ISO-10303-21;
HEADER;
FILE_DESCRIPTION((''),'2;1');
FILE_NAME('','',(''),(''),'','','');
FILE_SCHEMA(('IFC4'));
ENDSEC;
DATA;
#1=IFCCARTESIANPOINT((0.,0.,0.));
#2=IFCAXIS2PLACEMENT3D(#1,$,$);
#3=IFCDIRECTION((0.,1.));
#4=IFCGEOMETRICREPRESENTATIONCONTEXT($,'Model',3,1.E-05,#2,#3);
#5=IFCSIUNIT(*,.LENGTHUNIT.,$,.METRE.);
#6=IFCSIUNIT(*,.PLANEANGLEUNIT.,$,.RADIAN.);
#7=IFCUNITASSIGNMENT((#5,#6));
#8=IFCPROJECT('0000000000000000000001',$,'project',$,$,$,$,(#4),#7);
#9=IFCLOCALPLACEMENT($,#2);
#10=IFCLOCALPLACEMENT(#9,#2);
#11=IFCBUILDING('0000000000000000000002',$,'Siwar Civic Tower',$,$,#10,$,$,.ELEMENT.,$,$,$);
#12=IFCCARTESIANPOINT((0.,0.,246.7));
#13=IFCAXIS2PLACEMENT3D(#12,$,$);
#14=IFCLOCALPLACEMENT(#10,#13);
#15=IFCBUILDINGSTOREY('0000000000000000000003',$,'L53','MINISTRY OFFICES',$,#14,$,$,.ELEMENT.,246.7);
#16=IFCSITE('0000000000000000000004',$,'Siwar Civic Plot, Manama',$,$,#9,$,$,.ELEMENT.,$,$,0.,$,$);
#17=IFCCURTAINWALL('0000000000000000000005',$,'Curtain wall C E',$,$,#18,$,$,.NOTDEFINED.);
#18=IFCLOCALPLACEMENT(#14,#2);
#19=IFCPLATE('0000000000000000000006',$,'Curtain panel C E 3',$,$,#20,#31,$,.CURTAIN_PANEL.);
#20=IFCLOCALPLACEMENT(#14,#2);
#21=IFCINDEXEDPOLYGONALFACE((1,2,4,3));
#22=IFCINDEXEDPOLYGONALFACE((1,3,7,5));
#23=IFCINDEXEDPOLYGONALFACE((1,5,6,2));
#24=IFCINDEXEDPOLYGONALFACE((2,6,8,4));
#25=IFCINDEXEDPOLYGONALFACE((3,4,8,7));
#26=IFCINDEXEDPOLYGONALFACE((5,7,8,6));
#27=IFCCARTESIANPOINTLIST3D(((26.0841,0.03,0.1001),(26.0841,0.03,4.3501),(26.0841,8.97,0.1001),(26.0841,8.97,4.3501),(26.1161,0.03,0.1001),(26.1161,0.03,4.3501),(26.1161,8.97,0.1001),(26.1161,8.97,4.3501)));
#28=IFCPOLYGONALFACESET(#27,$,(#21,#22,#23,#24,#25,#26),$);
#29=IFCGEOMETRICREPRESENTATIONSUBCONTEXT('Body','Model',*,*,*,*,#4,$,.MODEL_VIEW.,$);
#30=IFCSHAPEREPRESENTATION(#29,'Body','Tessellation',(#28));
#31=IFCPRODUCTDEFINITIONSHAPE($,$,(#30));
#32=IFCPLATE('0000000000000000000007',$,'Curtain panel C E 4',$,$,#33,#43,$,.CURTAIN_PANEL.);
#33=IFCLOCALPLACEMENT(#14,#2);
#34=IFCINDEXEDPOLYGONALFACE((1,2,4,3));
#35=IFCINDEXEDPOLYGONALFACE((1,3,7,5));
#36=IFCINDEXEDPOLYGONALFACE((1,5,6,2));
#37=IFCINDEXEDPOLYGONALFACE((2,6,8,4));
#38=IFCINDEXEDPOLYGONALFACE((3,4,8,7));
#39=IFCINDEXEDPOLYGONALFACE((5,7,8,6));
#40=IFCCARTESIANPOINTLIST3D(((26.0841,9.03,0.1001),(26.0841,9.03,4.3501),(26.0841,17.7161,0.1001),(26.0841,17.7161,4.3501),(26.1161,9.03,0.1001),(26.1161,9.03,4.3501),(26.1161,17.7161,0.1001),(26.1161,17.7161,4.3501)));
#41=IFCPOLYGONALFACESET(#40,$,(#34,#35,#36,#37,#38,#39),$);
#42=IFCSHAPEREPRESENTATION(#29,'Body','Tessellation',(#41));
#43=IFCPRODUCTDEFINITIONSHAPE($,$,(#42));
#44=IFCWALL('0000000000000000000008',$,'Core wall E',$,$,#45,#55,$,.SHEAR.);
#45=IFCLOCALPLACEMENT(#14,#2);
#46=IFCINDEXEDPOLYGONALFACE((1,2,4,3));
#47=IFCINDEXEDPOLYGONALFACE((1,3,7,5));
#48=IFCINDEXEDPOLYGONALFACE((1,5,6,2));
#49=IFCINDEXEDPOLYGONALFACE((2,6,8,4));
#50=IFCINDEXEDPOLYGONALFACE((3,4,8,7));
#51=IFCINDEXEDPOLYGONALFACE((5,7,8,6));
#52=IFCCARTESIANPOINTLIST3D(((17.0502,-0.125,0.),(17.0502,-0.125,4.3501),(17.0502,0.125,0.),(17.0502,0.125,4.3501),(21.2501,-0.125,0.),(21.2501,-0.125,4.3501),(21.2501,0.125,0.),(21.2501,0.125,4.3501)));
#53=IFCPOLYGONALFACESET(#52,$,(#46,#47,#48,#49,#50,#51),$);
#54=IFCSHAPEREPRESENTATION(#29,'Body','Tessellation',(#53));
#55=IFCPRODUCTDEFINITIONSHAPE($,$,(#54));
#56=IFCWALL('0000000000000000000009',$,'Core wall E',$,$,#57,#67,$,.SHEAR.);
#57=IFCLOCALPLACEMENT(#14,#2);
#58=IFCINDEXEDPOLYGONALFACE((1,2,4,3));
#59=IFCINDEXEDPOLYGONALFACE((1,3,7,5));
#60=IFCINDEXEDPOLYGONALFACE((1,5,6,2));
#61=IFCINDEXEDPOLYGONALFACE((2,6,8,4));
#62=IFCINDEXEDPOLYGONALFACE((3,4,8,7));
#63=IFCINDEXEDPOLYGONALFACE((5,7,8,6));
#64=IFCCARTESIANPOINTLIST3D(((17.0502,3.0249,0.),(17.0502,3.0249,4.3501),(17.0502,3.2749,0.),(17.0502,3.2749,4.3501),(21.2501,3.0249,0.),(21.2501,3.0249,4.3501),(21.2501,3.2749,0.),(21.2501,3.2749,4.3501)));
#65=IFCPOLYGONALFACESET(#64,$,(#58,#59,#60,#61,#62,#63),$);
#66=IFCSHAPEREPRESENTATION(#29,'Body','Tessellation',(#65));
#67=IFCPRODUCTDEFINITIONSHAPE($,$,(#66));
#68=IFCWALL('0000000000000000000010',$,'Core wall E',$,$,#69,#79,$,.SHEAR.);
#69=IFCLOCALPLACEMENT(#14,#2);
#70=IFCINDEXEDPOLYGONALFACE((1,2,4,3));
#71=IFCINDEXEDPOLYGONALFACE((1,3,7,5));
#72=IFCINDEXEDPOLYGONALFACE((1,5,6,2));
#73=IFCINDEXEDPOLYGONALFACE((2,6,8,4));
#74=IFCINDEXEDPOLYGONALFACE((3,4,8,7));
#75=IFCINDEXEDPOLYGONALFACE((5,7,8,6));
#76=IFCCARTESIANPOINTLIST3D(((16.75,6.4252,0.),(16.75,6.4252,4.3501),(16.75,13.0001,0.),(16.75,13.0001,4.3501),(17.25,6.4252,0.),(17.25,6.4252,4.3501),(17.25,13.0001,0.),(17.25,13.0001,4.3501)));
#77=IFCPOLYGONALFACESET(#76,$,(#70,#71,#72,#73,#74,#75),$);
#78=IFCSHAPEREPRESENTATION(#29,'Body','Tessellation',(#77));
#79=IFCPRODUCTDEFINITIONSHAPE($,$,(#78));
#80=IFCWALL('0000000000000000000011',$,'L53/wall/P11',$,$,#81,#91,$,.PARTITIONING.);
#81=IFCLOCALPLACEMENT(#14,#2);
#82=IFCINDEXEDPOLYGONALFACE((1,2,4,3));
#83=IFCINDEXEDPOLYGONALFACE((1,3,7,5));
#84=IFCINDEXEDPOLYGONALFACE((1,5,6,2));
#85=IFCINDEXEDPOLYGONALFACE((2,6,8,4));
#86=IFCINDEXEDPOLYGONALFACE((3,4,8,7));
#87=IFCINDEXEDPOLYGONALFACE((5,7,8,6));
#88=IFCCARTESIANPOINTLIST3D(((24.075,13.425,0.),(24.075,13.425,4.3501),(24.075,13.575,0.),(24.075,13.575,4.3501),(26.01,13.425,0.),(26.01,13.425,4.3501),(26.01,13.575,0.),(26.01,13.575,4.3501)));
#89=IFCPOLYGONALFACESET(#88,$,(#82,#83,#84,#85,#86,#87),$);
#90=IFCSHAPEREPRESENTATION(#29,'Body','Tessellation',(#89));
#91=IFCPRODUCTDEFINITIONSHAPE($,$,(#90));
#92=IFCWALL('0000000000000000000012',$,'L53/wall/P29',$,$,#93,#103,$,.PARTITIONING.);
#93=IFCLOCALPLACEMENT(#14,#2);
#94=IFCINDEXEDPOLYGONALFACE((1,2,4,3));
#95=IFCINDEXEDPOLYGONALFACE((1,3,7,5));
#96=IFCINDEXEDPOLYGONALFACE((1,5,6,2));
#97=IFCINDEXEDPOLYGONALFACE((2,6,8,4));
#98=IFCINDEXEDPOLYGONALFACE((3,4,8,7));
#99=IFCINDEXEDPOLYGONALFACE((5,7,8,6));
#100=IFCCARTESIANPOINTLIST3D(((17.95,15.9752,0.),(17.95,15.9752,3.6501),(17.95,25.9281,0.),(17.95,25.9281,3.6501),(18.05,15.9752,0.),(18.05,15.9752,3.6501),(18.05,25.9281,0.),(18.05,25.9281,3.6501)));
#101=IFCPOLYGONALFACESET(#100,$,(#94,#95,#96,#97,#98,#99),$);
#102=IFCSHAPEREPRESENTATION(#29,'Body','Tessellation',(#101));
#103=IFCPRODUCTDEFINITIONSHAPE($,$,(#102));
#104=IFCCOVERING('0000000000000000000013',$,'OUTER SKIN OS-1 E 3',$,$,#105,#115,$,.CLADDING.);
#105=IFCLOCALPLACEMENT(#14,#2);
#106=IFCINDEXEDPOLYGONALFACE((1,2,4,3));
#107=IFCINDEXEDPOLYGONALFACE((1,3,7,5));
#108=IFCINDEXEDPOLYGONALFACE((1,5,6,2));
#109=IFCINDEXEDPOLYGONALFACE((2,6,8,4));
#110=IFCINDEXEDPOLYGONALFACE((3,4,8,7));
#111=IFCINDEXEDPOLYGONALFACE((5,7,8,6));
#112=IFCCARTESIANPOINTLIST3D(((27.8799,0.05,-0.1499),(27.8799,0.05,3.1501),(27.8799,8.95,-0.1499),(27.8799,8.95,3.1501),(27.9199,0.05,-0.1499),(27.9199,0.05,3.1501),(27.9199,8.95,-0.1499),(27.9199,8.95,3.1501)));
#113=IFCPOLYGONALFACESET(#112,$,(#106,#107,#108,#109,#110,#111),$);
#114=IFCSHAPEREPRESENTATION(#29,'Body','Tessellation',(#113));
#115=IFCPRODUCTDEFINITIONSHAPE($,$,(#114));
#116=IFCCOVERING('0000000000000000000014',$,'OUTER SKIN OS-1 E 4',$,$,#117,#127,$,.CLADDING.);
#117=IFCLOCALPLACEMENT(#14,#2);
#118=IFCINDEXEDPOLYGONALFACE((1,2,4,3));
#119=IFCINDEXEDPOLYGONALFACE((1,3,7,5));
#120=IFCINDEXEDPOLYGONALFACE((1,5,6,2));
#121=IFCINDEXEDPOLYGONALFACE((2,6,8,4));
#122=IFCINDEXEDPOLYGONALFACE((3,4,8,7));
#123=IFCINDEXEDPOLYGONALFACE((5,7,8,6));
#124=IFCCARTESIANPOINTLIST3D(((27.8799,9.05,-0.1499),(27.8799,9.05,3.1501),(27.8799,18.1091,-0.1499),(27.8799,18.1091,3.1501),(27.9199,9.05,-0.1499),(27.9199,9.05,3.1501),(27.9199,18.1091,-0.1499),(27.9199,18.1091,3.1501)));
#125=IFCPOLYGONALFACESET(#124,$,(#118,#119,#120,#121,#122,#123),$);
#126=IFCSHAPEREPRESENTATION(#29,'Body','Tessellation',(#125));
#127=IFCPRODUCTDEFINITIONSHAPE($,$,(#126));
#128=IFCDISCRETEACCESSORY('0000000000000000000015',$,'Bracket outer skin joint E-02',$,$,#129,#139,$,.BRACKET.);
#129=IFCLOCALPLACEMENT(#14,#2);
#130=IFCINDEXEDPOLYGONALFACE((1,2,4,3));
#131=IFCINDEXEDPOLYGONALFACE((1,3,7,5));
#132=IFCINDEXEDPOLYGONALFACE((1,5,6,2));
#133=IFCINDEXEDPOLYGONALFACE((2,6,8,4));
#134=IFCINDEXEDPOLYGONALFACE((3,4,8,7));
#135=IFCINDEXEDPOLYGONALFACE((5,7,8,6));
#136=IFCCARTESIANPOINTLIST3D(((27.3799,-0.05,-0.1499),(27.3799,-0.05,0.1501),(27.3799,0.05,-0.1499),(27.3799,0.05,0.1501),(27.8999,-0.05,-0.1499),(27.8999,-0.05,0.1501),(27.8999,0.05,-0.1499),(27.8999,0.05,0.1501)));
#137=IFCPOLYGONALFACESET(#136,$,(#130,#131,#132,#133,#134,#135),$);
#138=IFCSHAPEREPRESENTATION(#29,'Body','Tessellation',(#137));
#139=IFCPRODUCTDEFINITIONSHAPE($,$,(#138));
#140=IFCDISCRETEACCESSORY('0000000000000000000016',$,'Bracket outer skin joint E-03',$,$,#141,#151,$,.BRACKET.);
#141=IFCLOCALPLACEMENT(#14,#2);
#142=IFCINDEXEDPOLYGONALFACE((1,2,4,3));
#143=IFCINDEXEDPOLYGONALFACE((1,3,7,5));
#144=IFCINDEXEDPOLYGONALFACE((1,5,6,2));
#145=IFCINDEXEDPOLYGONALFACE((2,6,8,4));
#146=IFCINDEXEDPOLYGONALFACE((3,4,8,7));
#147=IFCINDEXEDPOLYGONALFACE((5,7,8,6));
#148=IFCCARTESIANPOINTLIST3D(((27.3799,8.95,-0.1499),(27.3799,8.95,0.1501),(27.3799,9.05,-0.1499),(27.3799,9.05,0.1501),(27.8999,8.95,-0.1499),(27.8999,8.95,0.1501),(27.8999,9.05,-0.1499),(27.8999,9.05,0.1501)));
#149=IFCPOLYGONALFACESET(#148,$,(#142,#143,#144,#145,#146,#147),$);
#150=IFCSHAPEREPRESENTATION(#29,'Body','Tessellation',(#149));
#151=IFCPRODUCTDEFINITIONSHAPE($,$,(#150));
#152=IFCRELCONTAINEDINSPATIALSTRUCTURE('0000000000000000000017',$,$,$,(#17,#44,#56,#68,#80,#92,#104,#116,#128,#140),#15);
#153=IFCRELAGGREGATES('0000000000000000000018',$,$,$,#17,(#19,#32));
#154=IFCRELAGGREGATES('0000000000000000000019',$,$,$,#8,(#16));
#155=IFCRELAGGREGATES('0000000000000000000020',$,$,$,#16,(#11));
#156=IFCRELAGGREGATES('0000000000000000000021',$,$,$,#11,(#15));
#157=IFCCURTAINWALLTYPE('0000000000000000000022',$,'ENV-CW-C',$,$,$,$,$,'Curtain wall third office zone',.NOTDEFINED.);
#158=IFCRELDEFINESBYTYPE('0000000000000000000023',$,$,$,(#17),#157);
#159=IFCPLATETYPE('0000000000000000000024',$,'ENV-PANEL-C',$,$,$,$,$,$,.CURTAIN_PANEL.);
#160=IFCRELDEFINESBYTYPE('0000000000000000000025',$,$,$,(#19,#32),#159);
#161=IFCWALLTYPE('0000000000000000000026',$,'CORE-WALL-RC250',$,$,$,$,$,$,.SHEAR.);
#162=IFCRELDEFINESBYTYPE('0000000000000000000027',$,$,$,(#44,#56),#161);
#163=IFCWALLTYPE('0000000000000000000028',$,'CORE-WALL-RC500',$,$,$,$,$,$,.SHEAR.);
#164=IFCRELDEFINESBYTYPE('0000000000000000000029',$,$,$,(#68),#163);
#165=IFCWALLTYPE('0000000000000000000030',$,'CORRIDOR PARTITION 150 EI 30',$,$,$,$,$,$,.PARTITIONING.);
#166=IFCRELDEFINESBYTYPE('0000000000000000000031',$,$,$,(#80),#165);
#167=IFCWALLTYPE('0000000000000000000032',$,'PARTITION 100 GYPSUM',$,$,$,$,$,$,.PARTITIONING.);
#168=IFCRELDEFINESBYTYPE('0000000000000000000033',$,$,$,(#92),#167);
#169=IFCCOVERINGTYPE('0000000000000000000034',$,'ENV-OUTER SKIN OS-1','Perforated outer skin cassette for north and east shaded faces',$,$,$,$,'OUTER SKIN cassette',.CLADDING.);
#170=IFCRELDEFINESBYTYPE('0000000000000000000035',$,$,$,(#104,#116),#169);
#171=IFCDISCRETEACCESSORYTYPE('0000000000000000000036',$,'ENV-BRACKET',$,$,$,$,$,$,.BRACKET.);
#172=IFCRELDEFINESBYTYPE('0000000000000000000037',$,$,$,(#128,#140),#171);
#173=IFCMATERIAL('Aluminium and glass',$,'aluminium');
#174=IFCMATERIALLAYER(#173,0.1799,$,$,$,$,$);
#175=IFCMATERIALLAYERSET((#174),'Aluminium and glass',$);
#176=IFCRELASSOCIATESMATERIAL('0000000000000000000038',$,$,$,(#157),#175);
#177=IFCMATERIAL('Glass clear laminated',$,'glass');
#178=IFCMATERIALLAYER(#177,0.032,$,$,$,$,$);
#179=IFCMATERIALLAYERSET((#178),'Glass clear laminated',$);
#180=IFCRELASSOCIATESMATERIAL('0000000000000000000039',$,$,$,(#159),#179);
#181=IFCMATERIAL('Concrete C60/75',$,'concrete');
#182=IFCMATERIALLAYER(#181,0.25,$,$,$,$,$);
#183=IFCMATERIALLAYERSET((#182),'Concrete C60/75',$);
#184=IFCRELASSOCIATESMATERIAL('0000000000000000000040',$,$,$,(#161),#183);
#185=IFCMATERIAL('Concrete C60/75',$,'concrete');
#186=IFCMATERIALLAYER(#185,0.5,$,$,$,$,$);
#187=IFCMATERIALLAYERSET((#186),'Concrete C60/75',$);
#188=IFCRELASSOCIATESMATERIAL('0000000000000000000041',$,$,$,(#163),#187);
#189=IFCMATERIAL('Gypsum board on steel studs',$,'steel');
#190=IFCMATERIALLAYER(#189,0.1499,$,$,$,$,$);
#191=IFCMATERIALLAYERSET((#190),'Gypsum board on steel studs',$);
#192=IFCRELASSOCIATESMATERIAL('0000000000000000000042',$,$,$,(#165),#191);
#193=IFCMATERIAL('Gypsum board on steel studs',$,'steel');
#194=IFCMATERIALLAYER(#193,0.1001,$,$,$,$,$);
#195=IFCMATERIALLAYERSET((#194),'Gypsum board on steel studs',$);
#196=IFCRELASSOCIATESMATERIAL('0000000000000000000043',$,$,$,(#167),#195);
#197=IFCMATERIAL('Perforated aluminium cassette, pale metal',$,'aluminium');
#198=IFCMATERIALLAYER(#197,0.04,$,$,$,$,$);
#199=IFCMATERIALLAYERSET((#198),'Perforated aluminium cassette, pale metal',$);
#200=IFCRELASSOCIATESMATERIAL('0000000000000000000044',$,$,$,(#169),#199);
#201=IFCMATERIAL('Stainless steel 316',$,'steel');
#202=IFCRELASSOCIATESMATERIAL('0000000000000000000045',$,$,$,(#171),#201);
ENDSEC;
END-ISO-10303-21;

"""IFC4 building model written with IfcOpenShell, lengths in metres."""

from ifc_helpers import new_model, si_unit, direction, frame, frame_2d, origin, origin_2d, place, context, subcontext, project, spatial, rectangle, extrude, material, layer, layer_set, type_object, element, aggregate, save


model = new_model("IFC4")

# Units and contexts
model_context = context("Model", 3, precision=1e-05, world=origin(), true_north=direction((0.0, 1.0)))
body_context = subcontext(model_context, "Body", "Model", "MODEL_VIEW")
ifc_project = project(units=[si_unit("LENGTHUNIT", "METRE"), si_unit("PLANEANGLEUNIT", "RADIAN")], contexts=[model_context])

# Site, building, storey
site_placement = place(None, origin())
site = spatial("IfcSite", under=ifc_project, at=site_placement, Name="Siwar Civic Plot, Manama", CompositionType="ELEMENT", RefElevation=0.0)
building_placement = place(site_placement, origin())
building = spatial("IfcBuilding", under=site, at=building_placement, Name="Siwar Civic Tower", CompositionType="ELEMENT")
storey_placement = place(building_placement, frame((0.0, 0.0, 246.7)))
storey = spatial("IfcBuildingStorey", under=building, at=storey_placement, Name="L53", Description="MINISTRY OFFICES", CompositionType="ELEMENT", Elevation=246.7)

# Curtain wall
ifc_material_1 = material(Name="Aluminium and glass", Category="aluminium")
ifc_layer_1 = layer(ifc_material_1, 0.1799)
ifc_layer_set_1 = layer_set([ifc_layer_1], Name="Aluminium and glass")
curtain_wall_type_1 = type_object("IfcCurtainWallType", Name="ENV-CW-C", ElementType="Curtain wall third office zone", PredefinedType="NOTDEFINED", material=ifc_layer_set_1)
curtain_wall_1_placement = place(storey_placement, origin())
curtain_wall_1 = element("IfcCurtainWall", 1, at=curtain_wall_1_placement, inside=storey, type_object=curtain_wall_type_1, Name="Curtain wall C E", PredefinedType="NOTDEFINED")

# Plates
ifc_material_2 = material(Name="Glass clear laminated", Category="glass")
ifc_layer_2 = layer(ifc_material_2, 0.032)
ifc_layer_set_2 = layer_set([ifc_layer_2], Name="Glass clear laminated")
plate_type = type_object("IfcPlateType", Name="ENV-PANEL-C", PredefinedType="CURTAIN_PANEL", material=ifc_layer_set_2)
plate_1_placement = place(storey_placement, frame((26.1001, 4.5, 0.1001), z_axis=(0.0, 0.0, 1.0), x_axis=(0.0, 1.0, 0.0)))
plate_1 = element("IfcPlate", 2, at=plate_1_placement, type_object=plate_type, Name="Curtain panel C E 3", PredefinedType="CURTAIN_PANEL", context=body_context, shape_type="SweptSolid", body=[
    extrude(rectangle(XDim=8.9399, YDim=0.032, at=origin_2d()), origin(), (0.0, 0.0, 1.0), 4.25),
])
plate_2_placement = place(storey_placement, frame((26.1001, 13.373, 0.1001), z_axis=(0.0, 0.0, 1.0), x_axis=(0.0, 1.0, 0.0)))
plate_2 = element("IfcPlate", 3, at=plate_2_placement, type_object=plate_type, Name="Curtain panel C E 4", PredefinedType="CURTAIN_PANEL", context=body_context, shape_type="SweptSolid", body=[
    extrude(rectangle(XDim=8.686, YDim=0.032, at=origin_2d()), origin(), (0.0, 0.0, 1.0), 4.25),
])
aggregate(curtain_wall_1, [plate_1, plate_2])

# Walls
ifc_material_3 = material(Name="Concrete C60/75", Category="concrete")
ifc_layer_3 = layer(ifc_material_3, 0.25)
ifc_layer_set_3 = layer_set([ifc_layer_3], Name="Concrete C60/75")
wall_type_1 = type_object("IfcWallType", Name="CORE-WALL-RC250", PredefinedType="SHEAR", material=ifc_layer_set_3)
for number, where, z_axis, x_axis, name in (
    (4, (17.05, 0.0, 0.0), (0.0, 0.0, 1.0), (1.0, 0.0, 0.0), "Core wall E"),
    (5, (17.05, 3.1499, 0.0), (0.0, 0.0, 1.0), (1.0, 0.0, 0.0), "Core wall E"),
):
    element("IfcWall", number, at=place(storey_placement, frame(where, z_axis=z_axis, x_axis=x_axis)), inside=storey, type_object=wall_type_1, Name=name, PredefinedType="SHEAR", context=body_context, shape_type="SweptSolid", body=[
        extrude(rectangle(XDim=4.2, YDim=0.25, at=frame_2d((2.1001, 0.0))), origin(), (0.0, 0.0, 1.0), 4.3501),
    ])
ifc_material_4 = material(Name="Concrete C60/75", Category="concrete")
ifc_layer_4 = layer(ifc_material_4, 0.5)
ifc_layer_set_4 = layer_set([ifc_layer_4], Name="Concrete C60/75")
wall_type_2 = type_object("IfcWallType", Name="CORE-WALL-RC500", PredefinedType="SHEAR", material=ifc_layer_set_4)
wall_1_placement = place(storey_placement, frame((17.0, 6.425, 0.0), z_axis=(0.0, 0.0, 1.0), x_axis=(0.0, 1.0, 0.0)))
element("IfcWall", 6, at=wall_1_placement, inside=storey, type_object=wall_type_2, Name="Core wall E", PredefinedType="SHEAR", context=body_context, shape_type="SweptSolid", body=[
    extrude(rectangle(XDim=6.575, YDim=0.5, at=frame_2d((3.2876, 0.0))), origin(), (0.0, 0.0, 1.0), 4.3501),
])
ifc_material_5 = material(Name="Gypsum board on steel studs", Category="steel")
ifc_layer_5 = layer(ifc_material_5, 0.1499)
ifc_layer_set_5 = layer_set([ifc_layer_5], Name="Gypsum board on steel studs")
wall_type_3 = type_object("IfcWallType", Name="CORRIDOR PARTITION 150 EI 30", PredefinedType="PARTITIONING", material=ifc_layer_set_5)
wall_2_placement = place(storey_placement, frame((24.075, 13.5, 0.0), z_axis=(0.0, 0.0, 1.0), x_axis=(1.0, 0.0, 0.0)))
element("IfcWall", 7, at=wall_2_placement, inside=storey, type_object=wall_type_3, Name="L53/wall/P11", PredefinedType="PARTITIONING", context=body_context, shape_type="SweptSolid", body=[
    extrude(rectangle(XDim=1.9351, YDim=0.1499, at=frame_2d((0.9675, 0.0))), origin(), (0.0, 0.0, 1.0), 4.3501),
])
ifc_material_6 = material(Name="Gypsum board on steel studs", Category="steel")
ifc_layer_6 = layer(ifc_material_6, 0.1001)
ifc_layer_set_6 = layer_set([ifc_layer_6], Name="Gypsum board on steel studs")
wall_type_4 = type_object("IfcWallType", Name="PARTITION 100 GYPSUM", PredefinedType="PARTITIONING", material=ifc_layer_set_6)
wall_3_placement = place(storey_placement, frame((18.0, 15.9751, 0.0), z_axis=(0.0, 0.0, 1.0), x_axis=(0.0, 1.0, 0.0)))
element("IfcWall", 8, at=wall_3_placement, inside=storey, type_object=wall_type_4, Name="L53/wall/P29", PredefinedType="PARTITIONING", context=body_context, shape_type="SweptSolid", body=[
    extrude(rectangle(XDim=9.9529, YDim=0.1001, at=frame_2d((4.9766, 0.0))), origin(), (0.0, 0.0, 1.0), 3.6501),
])

# Coverings
ifc_material_7 = material(Name="Perforated aluminium cassette, pale metal", Category="aluminium")
ifc_layer_7 = layer(ifc_material_7, 0.04)
ifc_layer_set_7 = layer_set([ifc_layer_7], Name="Perforated aluminium cassette, pale metal")
covering_type = type_object("IfcCoveringType", Name="ENV-OUTER SKIN OS-1", Description="Perforated outer skin cassette for north and east shaded faces", ElementType="OUTER SKIN cassette", PredefinedType="CLADDING", material=ifc_layer_set_7)
covering_1_placement = place(storey_placement, frame((27.8999, 4.5, -0.1499), z_axis=(0.0, 0.0, 1.0), x_axis=(0.0, 1.0, 0.0)))
element("IfcCovering", 9, at=covering_1_placement, inside=storey, type_object=covering_type, Name="OUTER SKIN OS-1 E 3", PredefinedType="CLADDING", context=body_context, shape_type="SweptSolid", body=[
    extrude(rectangle(XDim=8.8999, YDim=0.04, at=origin_2d()), origin(), (0.0, 0.0, 1.0), 3.3),
])
covering_2_placement = place(storey_placement, frame((27.8999, 13.5796, -0.1499), z_axis=(0.0, 0.0, 1.0), x_axis=(0.0, 1.0, 0.0)))
element("IfcCovering", 10, at=covering_2_placement, inside=storey, type_object=covering_type, Name="OUTER SKIN OS-1 E 4", PredefinedType="CLADDING", context=body_context, shape_type="SweptSolid", body=[
    extrude(rectangle(XDim=9.0591, YDim=0.04, at=origin_2d()), origin(), (0.0, 0.0, 1.0), 3.3),
])

# Discrete accessories
ifc_material_8 = material(Name="Stainless steel 316", Category="steel")
discrete_accessory_type = type_object("IfcDiscreteAccessoryType", Name="ENV-BRACKET", PredefinedType="BRACKET", material=ifc_material_8)
for number, where, z_axis, x_axis, name in (
    (11, (27.6399, 0.0, -0.1499), (0.0, 0.0, 1.0), (1.0, 0.0, 0.0), "Bracket outer skin joint E-02"),
    (12, (27.6399, 9.0, -0.1499), (0.0, 0.0, 1.0), (1.0, 0.0, 0.0), "Bracket outer skin joint E-03"),
):
    element("IfcDiscreteAccessory", number, at=place(storey_placement, frame(where, z_axis=z_axis, x_axis=x_axis)), inside=storey, type_object=discrete_accessory_type, Name=name, PredefinedType="BRACKET", context=body_context, shape_type="SweptSolid", body=[
        extrude(rectangle(XDim=0.52, YDim=0.1001, at=origin_2d()), origin(), (0.0, 0.0, 1.0), 0.3),
    ])

save(model, "model.ifc")
